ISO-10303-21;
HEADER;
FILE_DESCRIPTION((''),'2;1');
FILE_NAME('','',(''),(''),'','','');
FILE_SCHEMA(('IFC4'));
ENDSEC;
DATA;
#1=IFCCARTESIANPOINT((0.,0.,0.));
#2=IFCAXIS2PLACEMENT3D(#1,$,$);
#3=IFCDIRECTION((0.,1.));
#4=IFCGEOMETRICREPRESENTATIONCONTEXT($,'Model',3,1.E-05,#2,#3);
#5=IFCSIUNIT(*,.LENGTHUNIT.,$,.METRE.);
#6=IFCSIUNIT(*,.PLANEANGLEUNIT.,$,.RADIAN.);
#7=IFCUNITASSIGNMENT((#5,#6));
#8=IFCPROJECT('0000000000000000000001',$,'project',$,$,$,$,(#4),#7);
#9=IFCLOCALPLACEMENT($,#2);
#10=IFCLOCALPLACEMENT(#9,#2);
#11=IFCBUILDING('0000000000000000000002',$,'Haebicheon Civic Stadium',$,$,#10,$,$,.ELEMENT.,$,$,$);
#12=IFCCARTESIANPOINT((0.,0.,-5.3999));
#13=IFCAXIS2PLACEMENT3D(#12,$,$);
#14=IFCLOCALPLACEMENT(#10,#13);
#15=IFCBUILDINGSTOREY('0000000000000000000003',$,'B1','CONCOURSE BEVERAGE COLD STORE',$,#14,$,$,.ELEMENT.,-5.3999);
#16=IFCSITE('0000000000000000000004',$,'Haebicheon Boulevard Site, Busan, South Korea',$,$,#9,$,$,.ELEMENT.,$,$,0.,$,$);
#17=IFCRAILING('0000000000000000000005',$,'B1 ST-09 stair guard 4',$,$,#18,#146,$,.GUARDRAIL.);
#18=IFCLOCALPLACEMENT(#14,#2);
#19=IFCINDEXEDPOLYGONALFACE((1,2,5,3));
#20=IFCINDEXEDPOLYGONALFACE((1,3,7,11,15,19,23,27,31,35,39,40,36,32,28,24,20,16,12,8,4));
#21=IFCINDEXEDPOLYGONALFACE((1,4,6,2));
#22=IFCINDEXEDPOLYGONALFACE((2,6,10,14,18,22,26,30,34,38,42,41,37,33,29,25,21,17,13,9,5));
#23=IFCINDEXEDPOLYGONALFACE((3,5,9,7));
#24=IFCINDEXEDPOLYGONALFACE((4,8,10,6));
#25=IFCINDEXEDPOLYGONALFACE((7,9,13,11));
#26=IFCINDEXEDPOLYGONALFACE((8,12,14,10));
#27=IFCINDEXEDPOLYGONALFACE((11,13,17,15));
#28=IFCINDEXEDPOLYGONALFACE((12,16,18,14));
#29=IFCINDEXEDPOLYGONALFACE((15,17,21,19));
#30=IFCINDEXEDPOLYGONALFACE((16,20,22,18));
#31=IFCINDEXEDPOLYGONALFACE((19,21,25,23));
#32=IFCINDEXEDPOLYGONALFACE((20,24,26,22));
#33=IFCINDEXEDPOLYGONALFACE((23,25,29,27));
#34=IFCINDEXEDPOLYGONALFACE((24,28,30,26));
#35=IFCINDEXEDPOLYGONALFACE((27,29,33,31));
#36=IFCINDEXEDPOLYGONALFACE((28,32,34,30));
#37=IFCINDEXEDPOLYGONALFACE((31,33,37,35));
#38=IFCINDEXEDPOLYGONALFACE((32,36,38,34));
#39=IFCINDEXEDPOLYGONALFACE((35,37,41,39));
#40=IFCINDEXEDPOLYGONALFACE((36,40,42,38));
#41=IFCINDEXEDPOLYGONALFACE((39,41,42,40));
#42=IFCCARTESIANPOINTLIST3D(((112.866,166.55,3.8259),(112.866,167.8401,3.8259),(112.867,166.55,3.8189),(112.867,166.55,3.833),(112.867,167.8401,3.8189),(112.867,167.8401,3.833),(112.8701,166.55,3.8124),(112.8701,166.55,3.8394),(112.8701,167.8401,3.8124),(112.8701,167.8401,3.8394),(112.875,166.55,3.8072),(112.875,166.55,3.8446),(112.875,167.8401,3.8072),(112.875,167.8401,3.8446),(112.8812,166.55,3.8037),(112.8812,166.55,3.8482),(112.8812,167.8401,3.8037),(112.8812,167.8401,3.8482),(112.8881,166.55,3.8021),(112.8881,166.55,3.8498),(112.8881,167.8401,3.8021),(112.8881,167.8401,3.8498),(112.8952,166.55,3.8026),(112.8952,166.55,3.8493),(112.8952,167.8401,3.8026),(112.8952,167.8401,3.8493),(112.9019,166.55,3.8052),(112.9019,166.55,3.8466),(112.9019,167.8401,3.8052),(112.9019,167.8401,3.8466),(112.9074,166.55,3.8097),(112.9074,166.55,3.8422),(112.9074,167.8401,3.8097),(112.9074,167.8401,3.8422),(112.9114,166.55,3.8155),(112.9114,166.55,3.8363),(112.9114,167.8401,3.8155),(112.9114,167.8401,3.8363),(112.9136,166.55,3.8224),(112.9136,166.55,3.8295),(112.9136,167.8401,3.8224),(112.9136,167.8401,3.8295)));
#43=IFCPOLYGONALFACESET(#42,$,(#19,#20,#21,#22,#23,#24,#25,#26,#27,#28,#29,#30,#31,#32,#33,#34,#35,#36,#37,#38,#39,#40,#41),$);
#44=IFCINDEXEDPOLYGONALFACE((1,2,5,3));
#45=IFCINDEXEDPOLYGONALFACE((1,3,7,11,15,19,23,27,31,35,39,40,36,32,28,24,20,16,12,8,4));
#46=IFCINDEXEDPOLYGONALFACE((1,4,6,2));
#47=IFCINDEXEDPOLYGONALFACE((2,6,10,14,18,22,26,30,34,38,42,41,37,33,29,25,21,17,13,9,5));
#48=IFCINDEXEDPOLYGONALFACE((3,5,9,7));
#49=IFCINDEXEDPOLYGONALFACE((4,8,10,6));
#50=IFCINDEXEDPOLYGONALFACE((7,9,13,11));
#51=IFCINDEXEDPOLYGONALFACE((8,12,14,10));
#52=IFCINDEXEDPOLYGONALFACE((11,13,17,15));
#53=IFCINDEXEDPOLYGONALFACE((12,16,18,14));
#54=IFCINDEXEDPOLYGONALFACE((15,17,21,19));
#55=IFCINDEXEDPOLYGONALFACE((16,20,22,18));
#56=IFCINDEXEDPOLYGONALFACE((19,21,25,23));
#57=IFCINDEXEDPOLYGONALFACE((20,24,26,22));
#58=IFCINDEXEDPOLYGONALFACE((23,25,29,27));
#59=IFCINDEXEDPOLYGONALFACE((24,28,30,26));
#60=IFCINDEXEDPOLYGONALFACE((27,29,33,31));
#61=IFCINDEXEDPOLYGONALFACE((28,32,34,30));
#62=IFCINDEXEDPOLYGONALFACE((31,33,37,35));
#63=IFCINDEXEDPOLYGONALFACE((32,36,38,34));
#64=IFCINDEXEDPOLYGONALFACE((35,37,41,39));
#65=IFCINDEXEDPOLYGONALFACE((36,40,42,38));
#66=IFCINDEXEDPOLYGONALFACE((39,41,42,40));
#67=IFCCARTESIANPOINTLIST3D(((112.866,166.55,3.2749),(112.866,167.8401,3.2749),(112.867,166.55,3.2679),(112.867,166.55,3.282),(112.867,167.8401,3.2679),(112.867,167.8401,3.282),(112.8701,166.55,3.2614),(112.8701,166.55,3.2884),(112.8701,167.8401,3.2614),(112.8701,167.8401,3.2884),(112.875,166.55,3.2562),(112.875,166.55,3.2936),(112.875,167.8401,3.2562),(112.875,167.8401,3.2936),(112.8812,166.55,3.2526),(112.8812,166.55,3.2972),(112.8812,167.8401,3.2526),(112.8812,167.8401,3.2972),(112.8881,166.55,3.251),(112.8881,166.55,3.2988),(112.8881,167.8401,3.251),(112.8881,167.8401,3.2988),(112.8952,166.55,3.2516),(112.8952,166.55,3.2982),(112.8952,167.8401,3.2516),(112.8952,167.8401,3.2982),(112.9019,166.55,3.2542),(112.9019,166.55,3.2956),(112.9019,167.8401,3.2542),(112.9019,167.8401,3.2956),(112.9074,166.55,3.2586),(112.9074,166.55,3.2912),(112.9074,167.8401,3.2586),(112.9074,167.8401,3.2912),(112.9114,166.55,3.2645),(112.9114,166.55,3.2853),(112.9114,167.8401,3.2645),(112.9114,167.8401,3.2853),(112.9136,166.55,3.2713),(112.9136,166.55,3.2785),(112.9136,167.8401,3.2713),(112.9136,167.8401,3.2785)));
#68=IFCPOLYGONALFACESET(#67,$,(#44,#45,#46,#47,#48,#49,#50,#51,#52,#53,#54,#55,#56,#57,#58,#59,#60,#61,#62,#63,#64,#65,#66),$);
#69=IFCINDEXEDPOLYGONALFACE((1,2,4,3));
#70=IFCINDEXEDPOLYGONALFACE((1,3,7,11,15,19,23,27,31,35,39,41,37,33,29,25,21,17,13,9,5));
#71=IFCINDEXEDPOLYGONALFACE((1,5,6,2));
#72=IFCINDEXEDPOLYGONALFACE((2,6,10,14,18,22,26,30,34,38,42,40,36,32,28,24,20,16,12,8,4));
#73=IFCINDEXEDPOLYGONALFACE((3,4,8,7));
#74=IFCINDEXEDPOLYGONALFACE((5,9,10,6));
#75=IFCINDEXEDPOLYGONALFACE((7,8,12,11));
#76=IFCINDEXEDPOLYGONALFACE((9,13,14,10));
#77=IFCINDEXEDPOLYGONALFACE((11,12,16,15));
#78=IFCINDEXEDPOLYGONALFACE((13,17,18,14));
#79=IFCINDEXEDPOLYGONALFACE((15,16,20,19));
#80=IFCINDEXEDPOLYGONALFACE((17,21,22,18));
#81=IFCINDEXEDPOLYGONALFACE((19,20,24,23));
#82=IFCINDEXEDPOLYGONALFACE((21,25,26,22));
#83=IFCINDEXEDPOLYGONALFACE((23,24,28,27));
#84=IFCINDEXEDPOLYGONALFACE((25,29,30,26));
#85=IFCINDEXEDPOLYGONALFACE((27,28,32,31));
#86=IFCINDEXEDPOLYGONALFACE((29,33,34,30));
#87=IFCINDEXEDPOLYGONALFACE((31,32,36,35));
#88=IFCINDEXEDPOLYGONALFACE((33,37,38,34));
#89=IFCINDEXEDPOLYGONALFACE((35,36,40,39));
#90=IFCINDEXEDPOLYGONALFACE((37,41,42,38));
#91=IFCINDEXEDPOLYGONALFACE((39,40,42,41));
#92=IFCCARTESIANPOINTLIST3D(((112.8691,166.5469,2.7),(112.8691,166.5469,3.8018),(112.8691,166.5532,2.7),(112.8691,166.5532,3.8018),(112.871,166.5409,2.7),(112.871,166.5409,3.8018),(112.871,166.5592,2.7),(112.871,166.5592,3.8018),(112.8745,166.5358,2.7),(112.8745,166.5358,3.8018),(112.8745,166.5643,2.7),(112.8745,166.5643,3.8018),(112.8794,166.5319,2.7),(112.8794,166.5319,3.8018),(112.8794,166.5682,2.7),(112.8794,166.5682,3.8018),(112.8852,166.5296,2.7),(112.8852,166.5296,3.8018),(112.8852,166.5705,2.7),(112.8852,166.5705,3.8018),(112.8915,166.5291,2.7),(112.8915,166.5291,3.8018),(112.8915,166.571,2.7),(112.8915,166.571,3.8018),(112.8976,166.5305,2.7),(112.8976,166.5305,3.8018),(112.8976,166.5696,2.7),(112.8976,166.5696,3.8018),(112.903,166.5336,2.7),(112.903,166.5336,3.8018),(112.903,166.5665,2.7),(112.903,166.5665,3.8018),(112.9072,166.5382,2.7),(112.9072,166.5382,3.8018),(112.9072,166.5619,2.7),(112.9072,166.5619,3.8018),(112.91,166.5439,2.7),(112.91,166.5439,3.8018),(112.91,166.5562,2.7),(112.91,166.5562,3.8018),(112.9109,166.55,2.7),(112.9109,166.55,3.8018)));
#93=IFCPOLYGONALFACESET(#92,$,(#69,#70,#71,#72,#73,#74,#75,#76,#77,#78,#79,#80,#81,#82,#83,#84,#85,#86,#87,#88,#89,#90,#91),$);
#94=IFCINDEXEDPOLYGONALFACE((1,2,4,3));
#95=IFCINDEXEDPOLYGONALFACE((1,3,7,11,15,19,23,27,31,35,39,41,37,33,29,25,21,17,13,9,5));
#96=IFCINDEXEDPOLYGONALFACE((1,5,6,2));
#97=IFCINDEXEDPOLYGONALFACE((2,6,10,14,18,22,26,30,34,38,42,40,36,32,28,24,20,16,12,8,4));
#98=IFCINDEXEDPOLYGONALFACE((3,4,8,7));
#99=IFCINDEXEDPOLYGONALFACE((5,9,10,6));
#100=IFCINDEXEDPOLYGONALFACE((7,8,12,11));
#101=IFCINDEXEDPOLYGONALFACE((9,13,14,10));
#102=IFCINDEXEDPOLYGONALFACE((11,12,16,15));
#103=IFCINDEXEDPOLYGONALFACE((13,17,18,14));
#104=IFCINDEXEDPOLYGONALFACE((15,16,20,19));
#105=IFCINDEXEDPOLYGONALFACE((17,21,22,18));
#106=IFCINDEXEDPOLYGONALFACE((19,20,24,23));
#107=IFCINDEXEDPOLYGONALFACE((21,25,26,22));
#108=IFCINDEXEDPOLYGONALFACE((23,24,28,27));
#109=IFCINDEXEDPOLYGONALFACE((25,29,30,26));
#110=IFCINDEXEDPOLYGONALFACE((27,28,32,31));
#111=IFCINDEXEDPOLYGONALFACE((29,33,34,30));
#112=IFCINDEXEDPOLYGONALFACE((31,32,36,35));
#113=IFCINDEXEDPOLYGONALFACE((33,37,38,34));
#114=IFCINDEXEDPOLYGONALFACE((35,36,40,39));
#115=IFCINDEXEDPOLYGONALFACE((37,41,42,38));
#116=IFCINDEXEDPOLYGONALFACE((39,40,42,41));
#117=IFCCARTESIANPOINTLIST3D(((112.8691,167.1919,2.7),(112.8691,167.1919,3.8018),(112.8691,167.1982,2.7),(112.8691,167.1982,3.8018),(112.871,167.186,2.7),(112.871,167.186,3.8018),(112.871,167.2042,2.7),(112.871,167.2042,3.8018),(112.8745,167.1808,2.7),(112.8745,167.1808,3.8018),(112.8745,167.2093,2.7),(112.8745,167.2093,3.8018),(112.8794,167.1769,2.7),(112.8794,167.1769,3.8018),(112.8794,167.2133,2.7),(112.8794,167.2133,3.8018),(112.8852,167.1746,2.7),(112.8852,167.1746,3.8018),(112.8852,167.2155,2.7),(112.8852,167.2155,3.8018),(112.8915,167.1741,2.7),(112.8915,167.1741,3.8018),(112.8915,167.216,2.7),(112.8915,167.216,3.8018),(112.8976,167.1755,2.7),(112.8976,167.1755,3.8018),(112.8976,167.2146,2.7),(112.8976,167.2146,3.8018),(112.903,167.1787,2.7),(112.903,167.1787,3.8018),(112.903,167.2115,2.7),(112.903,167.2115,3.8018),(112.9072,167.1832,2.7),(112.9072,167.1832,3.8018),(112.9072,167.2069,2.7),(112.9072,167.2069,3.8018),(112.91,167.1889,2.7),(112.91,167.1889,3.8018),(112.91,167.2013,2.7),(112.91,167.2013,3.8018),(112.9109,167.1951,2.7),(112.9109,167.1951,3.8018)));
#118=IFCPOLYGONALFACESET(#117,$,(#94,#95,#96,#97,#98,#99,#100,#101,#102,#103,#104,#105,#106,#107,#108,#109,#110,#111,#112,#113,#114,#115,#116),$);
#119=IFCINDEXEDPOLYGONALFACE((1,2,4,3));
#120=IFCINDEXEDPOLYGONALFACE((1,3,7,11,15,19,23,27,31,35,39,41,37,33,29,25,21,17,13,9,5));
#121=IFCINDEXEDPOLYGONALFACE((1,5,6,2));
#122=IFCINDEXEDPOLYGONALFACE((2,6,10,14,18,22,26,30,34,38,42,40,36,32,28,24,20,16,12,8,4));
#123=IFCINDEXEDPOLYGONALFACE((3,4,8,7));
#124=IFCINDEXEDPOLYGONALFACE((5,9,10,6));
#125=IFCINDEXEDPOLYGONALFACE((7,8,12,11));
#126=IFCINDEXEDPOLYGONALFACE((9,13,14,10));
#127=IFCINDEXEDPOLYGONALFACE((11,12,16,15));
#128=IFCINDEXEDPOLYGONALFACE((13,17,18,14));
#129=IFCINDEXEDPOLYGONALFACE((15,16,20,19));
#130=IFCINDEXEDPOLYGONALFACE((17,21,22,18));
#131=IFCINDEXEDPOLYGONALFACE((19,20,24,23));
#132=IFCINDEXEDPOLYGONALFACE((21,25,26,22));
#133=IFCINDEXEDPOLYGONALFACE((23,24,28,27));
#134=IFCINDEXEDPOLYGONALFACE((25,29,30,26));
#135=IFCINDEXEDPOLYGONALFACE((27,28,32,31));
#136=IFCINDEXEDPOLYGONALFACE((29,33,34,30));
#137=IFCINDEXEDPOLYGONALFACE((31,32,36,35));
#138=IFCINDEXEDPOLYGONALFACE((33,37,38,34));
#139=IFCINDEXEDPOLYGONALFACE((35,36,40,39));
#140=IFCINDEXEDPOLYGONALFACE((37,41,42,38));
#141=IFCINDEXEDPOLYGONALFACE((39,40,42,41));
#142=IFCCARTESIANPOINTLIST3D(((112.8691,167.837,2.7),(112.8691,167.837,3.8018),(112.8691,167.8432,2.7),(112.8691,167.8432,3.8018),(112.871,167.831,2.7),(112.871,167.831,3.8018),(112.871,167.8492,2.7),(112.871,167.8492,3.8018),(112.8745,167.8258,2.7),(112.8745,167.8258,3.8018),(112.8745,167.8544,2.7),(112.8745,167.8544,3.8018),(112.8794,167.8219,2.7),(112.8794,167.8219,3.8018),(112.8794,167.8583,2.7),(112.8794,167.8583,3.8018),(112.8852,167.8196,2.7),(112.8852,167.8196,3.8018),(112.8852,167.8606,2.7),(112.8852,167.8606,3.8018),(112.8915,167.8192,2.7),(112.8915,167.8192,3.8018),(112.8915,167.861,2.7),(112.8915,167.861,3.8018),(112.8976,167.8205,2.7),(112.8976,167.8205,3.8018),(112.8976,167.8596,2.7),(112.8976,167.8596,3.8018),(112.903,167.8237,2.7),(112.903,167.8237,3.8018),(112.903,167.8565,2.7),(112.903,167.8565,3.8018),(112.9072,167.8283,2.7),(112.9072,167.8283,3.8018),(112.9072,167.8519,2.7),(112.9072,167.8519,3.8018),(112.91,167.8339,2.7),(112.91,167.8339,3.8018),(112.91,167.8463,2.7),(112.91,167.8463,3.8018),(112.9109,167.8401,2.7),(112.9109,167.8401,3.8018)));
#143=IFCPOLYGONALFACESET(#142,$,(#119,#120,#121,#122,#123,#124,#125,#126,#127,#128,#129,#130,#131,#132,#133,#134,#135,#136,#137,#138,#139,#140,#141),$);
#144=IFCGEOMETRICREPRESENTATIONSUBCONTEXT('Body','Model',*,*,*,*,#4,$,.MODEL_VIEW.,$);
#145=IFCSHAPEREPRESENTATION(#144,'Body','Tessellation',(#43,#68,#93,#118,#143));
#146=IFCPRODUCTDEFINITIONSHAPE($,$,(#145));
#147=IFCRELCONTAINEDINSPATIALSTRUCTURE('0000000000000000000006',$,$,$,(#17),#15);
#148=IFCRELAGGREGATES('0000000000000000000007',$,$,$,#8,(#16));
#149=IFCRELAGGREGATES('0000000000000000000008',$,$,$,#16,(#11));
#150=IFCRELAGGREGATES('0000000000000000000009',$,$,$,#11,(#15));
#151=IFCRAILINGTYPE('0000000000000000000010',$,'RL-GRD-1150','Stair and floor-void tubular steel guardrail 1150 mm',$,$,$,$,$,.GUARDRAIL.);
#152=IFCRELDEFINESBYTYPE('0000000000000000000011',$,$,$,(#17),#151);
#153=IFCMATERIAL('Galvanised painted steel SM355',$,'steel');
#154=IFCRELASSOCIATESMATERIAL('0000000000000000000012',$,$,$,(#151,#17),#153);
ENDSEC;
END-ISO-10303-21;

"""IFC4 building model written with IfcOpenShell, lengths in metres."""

from ifc_helpers import new_model, si_unit, direction, frame, origin, origin_2d, place, context, subcontext, project, spatial, circle, extrude, material, type_object, element, save


model = new_model("IFC4")

# Units and contexts
model_context = context("Model", 3, precision=1e-05, world=origin(), true_north=direction((0.0, 1.0)))
body_context = subcontext(model_context, "Body", "Model", "MODEL_VIEW")
ifc_project = project(units=[si_unit("LENGTHUNIT", "METRE"), si_unit("PLANEANGLEUNIT", "RADIAN")], contexts=[model_context])

# Site, building, storey
site_placement = place(None, origin())
site = spatial("IfcSite", under=ifc_project, at=site_placement, Name="Haebicheon Boulevard Site, Busan, South Korea", CompositionType="ELEMENT", RefElevation=0.0)
building_placement = place(site_placement, origin())
building = spatial("IfcBuilding", under=site, at=building_placement, Name="Haebicheon Civic Stadium", CompositionType="ELEMENT")
storey_placement = place(building_placement, frame((0.0, 0.0, -5.3999)))
storey = spatial("IfcBuildingStorey", under=building, at=storey_placement, Name="B1", Description="CONCOURSE BEVERAGE COLD STORE", CompositionType="ELEMENT", Elevation=-5.3999)

# Railing
ifc_material_1 = material(Name="Galvanised painted steel SM355", Category="steel")
railing_type_1 = type_object("IfcRailingType", Name="RL-GRD-1150", Description="Stair and floor-void tubular steel guardrail 1150 mm", PredefinedType="GUARDRAIL", material=ifc_material_1)
railing_1_placement = place(storey_placement, frame((112.8899, 166.55, 2.7)))
element("IfcRailing", 1, at=railing_1_placement, inside=storey, type_object=railing_type_1, material=ifc_material_1, Name="B1 ST-09 stair guard 4", PredefinedType="GUARDRAIL", context=body_context, shape_type="SweptSolid", body=[
    extrude(circle(Radius=0.0239, at=origin_2d()), frame((0.0, 0.0, 1.126), z_axis=(0.0, 1.0, 0.0), x_axis=(-1.0, 0.0, 0.0)), (0.0, 0.0, 1.0), 1.29),
    extrude(circle(Radius=0.0239, at=origin_2d()), frame((0.0, 0.0, 0.575), z_axis=(0.0, 1.0, 0.0), x_axis=(-1.0, 0.0, 0.0)), (0.0, 0.0, 1.0), 1.29),
    extrude(circle(Radius=0.021, at=origin_2d()), origin(), (0.0, 0.0, 1.0), 1.1018),
    extrude(circle(Radius=0.021, at=origin_2d()), frame((0.0, 0.645, 0.0)), (0.0, 0.0, 1.0), 1.1018),
    extrude(circle(Radius=0.021, at=origin_2d()), frame((0.0, 1.29, 0.0)), (0.0, 0.0, 1.0), 1.1018),
])

save(model, "model.ifc")
